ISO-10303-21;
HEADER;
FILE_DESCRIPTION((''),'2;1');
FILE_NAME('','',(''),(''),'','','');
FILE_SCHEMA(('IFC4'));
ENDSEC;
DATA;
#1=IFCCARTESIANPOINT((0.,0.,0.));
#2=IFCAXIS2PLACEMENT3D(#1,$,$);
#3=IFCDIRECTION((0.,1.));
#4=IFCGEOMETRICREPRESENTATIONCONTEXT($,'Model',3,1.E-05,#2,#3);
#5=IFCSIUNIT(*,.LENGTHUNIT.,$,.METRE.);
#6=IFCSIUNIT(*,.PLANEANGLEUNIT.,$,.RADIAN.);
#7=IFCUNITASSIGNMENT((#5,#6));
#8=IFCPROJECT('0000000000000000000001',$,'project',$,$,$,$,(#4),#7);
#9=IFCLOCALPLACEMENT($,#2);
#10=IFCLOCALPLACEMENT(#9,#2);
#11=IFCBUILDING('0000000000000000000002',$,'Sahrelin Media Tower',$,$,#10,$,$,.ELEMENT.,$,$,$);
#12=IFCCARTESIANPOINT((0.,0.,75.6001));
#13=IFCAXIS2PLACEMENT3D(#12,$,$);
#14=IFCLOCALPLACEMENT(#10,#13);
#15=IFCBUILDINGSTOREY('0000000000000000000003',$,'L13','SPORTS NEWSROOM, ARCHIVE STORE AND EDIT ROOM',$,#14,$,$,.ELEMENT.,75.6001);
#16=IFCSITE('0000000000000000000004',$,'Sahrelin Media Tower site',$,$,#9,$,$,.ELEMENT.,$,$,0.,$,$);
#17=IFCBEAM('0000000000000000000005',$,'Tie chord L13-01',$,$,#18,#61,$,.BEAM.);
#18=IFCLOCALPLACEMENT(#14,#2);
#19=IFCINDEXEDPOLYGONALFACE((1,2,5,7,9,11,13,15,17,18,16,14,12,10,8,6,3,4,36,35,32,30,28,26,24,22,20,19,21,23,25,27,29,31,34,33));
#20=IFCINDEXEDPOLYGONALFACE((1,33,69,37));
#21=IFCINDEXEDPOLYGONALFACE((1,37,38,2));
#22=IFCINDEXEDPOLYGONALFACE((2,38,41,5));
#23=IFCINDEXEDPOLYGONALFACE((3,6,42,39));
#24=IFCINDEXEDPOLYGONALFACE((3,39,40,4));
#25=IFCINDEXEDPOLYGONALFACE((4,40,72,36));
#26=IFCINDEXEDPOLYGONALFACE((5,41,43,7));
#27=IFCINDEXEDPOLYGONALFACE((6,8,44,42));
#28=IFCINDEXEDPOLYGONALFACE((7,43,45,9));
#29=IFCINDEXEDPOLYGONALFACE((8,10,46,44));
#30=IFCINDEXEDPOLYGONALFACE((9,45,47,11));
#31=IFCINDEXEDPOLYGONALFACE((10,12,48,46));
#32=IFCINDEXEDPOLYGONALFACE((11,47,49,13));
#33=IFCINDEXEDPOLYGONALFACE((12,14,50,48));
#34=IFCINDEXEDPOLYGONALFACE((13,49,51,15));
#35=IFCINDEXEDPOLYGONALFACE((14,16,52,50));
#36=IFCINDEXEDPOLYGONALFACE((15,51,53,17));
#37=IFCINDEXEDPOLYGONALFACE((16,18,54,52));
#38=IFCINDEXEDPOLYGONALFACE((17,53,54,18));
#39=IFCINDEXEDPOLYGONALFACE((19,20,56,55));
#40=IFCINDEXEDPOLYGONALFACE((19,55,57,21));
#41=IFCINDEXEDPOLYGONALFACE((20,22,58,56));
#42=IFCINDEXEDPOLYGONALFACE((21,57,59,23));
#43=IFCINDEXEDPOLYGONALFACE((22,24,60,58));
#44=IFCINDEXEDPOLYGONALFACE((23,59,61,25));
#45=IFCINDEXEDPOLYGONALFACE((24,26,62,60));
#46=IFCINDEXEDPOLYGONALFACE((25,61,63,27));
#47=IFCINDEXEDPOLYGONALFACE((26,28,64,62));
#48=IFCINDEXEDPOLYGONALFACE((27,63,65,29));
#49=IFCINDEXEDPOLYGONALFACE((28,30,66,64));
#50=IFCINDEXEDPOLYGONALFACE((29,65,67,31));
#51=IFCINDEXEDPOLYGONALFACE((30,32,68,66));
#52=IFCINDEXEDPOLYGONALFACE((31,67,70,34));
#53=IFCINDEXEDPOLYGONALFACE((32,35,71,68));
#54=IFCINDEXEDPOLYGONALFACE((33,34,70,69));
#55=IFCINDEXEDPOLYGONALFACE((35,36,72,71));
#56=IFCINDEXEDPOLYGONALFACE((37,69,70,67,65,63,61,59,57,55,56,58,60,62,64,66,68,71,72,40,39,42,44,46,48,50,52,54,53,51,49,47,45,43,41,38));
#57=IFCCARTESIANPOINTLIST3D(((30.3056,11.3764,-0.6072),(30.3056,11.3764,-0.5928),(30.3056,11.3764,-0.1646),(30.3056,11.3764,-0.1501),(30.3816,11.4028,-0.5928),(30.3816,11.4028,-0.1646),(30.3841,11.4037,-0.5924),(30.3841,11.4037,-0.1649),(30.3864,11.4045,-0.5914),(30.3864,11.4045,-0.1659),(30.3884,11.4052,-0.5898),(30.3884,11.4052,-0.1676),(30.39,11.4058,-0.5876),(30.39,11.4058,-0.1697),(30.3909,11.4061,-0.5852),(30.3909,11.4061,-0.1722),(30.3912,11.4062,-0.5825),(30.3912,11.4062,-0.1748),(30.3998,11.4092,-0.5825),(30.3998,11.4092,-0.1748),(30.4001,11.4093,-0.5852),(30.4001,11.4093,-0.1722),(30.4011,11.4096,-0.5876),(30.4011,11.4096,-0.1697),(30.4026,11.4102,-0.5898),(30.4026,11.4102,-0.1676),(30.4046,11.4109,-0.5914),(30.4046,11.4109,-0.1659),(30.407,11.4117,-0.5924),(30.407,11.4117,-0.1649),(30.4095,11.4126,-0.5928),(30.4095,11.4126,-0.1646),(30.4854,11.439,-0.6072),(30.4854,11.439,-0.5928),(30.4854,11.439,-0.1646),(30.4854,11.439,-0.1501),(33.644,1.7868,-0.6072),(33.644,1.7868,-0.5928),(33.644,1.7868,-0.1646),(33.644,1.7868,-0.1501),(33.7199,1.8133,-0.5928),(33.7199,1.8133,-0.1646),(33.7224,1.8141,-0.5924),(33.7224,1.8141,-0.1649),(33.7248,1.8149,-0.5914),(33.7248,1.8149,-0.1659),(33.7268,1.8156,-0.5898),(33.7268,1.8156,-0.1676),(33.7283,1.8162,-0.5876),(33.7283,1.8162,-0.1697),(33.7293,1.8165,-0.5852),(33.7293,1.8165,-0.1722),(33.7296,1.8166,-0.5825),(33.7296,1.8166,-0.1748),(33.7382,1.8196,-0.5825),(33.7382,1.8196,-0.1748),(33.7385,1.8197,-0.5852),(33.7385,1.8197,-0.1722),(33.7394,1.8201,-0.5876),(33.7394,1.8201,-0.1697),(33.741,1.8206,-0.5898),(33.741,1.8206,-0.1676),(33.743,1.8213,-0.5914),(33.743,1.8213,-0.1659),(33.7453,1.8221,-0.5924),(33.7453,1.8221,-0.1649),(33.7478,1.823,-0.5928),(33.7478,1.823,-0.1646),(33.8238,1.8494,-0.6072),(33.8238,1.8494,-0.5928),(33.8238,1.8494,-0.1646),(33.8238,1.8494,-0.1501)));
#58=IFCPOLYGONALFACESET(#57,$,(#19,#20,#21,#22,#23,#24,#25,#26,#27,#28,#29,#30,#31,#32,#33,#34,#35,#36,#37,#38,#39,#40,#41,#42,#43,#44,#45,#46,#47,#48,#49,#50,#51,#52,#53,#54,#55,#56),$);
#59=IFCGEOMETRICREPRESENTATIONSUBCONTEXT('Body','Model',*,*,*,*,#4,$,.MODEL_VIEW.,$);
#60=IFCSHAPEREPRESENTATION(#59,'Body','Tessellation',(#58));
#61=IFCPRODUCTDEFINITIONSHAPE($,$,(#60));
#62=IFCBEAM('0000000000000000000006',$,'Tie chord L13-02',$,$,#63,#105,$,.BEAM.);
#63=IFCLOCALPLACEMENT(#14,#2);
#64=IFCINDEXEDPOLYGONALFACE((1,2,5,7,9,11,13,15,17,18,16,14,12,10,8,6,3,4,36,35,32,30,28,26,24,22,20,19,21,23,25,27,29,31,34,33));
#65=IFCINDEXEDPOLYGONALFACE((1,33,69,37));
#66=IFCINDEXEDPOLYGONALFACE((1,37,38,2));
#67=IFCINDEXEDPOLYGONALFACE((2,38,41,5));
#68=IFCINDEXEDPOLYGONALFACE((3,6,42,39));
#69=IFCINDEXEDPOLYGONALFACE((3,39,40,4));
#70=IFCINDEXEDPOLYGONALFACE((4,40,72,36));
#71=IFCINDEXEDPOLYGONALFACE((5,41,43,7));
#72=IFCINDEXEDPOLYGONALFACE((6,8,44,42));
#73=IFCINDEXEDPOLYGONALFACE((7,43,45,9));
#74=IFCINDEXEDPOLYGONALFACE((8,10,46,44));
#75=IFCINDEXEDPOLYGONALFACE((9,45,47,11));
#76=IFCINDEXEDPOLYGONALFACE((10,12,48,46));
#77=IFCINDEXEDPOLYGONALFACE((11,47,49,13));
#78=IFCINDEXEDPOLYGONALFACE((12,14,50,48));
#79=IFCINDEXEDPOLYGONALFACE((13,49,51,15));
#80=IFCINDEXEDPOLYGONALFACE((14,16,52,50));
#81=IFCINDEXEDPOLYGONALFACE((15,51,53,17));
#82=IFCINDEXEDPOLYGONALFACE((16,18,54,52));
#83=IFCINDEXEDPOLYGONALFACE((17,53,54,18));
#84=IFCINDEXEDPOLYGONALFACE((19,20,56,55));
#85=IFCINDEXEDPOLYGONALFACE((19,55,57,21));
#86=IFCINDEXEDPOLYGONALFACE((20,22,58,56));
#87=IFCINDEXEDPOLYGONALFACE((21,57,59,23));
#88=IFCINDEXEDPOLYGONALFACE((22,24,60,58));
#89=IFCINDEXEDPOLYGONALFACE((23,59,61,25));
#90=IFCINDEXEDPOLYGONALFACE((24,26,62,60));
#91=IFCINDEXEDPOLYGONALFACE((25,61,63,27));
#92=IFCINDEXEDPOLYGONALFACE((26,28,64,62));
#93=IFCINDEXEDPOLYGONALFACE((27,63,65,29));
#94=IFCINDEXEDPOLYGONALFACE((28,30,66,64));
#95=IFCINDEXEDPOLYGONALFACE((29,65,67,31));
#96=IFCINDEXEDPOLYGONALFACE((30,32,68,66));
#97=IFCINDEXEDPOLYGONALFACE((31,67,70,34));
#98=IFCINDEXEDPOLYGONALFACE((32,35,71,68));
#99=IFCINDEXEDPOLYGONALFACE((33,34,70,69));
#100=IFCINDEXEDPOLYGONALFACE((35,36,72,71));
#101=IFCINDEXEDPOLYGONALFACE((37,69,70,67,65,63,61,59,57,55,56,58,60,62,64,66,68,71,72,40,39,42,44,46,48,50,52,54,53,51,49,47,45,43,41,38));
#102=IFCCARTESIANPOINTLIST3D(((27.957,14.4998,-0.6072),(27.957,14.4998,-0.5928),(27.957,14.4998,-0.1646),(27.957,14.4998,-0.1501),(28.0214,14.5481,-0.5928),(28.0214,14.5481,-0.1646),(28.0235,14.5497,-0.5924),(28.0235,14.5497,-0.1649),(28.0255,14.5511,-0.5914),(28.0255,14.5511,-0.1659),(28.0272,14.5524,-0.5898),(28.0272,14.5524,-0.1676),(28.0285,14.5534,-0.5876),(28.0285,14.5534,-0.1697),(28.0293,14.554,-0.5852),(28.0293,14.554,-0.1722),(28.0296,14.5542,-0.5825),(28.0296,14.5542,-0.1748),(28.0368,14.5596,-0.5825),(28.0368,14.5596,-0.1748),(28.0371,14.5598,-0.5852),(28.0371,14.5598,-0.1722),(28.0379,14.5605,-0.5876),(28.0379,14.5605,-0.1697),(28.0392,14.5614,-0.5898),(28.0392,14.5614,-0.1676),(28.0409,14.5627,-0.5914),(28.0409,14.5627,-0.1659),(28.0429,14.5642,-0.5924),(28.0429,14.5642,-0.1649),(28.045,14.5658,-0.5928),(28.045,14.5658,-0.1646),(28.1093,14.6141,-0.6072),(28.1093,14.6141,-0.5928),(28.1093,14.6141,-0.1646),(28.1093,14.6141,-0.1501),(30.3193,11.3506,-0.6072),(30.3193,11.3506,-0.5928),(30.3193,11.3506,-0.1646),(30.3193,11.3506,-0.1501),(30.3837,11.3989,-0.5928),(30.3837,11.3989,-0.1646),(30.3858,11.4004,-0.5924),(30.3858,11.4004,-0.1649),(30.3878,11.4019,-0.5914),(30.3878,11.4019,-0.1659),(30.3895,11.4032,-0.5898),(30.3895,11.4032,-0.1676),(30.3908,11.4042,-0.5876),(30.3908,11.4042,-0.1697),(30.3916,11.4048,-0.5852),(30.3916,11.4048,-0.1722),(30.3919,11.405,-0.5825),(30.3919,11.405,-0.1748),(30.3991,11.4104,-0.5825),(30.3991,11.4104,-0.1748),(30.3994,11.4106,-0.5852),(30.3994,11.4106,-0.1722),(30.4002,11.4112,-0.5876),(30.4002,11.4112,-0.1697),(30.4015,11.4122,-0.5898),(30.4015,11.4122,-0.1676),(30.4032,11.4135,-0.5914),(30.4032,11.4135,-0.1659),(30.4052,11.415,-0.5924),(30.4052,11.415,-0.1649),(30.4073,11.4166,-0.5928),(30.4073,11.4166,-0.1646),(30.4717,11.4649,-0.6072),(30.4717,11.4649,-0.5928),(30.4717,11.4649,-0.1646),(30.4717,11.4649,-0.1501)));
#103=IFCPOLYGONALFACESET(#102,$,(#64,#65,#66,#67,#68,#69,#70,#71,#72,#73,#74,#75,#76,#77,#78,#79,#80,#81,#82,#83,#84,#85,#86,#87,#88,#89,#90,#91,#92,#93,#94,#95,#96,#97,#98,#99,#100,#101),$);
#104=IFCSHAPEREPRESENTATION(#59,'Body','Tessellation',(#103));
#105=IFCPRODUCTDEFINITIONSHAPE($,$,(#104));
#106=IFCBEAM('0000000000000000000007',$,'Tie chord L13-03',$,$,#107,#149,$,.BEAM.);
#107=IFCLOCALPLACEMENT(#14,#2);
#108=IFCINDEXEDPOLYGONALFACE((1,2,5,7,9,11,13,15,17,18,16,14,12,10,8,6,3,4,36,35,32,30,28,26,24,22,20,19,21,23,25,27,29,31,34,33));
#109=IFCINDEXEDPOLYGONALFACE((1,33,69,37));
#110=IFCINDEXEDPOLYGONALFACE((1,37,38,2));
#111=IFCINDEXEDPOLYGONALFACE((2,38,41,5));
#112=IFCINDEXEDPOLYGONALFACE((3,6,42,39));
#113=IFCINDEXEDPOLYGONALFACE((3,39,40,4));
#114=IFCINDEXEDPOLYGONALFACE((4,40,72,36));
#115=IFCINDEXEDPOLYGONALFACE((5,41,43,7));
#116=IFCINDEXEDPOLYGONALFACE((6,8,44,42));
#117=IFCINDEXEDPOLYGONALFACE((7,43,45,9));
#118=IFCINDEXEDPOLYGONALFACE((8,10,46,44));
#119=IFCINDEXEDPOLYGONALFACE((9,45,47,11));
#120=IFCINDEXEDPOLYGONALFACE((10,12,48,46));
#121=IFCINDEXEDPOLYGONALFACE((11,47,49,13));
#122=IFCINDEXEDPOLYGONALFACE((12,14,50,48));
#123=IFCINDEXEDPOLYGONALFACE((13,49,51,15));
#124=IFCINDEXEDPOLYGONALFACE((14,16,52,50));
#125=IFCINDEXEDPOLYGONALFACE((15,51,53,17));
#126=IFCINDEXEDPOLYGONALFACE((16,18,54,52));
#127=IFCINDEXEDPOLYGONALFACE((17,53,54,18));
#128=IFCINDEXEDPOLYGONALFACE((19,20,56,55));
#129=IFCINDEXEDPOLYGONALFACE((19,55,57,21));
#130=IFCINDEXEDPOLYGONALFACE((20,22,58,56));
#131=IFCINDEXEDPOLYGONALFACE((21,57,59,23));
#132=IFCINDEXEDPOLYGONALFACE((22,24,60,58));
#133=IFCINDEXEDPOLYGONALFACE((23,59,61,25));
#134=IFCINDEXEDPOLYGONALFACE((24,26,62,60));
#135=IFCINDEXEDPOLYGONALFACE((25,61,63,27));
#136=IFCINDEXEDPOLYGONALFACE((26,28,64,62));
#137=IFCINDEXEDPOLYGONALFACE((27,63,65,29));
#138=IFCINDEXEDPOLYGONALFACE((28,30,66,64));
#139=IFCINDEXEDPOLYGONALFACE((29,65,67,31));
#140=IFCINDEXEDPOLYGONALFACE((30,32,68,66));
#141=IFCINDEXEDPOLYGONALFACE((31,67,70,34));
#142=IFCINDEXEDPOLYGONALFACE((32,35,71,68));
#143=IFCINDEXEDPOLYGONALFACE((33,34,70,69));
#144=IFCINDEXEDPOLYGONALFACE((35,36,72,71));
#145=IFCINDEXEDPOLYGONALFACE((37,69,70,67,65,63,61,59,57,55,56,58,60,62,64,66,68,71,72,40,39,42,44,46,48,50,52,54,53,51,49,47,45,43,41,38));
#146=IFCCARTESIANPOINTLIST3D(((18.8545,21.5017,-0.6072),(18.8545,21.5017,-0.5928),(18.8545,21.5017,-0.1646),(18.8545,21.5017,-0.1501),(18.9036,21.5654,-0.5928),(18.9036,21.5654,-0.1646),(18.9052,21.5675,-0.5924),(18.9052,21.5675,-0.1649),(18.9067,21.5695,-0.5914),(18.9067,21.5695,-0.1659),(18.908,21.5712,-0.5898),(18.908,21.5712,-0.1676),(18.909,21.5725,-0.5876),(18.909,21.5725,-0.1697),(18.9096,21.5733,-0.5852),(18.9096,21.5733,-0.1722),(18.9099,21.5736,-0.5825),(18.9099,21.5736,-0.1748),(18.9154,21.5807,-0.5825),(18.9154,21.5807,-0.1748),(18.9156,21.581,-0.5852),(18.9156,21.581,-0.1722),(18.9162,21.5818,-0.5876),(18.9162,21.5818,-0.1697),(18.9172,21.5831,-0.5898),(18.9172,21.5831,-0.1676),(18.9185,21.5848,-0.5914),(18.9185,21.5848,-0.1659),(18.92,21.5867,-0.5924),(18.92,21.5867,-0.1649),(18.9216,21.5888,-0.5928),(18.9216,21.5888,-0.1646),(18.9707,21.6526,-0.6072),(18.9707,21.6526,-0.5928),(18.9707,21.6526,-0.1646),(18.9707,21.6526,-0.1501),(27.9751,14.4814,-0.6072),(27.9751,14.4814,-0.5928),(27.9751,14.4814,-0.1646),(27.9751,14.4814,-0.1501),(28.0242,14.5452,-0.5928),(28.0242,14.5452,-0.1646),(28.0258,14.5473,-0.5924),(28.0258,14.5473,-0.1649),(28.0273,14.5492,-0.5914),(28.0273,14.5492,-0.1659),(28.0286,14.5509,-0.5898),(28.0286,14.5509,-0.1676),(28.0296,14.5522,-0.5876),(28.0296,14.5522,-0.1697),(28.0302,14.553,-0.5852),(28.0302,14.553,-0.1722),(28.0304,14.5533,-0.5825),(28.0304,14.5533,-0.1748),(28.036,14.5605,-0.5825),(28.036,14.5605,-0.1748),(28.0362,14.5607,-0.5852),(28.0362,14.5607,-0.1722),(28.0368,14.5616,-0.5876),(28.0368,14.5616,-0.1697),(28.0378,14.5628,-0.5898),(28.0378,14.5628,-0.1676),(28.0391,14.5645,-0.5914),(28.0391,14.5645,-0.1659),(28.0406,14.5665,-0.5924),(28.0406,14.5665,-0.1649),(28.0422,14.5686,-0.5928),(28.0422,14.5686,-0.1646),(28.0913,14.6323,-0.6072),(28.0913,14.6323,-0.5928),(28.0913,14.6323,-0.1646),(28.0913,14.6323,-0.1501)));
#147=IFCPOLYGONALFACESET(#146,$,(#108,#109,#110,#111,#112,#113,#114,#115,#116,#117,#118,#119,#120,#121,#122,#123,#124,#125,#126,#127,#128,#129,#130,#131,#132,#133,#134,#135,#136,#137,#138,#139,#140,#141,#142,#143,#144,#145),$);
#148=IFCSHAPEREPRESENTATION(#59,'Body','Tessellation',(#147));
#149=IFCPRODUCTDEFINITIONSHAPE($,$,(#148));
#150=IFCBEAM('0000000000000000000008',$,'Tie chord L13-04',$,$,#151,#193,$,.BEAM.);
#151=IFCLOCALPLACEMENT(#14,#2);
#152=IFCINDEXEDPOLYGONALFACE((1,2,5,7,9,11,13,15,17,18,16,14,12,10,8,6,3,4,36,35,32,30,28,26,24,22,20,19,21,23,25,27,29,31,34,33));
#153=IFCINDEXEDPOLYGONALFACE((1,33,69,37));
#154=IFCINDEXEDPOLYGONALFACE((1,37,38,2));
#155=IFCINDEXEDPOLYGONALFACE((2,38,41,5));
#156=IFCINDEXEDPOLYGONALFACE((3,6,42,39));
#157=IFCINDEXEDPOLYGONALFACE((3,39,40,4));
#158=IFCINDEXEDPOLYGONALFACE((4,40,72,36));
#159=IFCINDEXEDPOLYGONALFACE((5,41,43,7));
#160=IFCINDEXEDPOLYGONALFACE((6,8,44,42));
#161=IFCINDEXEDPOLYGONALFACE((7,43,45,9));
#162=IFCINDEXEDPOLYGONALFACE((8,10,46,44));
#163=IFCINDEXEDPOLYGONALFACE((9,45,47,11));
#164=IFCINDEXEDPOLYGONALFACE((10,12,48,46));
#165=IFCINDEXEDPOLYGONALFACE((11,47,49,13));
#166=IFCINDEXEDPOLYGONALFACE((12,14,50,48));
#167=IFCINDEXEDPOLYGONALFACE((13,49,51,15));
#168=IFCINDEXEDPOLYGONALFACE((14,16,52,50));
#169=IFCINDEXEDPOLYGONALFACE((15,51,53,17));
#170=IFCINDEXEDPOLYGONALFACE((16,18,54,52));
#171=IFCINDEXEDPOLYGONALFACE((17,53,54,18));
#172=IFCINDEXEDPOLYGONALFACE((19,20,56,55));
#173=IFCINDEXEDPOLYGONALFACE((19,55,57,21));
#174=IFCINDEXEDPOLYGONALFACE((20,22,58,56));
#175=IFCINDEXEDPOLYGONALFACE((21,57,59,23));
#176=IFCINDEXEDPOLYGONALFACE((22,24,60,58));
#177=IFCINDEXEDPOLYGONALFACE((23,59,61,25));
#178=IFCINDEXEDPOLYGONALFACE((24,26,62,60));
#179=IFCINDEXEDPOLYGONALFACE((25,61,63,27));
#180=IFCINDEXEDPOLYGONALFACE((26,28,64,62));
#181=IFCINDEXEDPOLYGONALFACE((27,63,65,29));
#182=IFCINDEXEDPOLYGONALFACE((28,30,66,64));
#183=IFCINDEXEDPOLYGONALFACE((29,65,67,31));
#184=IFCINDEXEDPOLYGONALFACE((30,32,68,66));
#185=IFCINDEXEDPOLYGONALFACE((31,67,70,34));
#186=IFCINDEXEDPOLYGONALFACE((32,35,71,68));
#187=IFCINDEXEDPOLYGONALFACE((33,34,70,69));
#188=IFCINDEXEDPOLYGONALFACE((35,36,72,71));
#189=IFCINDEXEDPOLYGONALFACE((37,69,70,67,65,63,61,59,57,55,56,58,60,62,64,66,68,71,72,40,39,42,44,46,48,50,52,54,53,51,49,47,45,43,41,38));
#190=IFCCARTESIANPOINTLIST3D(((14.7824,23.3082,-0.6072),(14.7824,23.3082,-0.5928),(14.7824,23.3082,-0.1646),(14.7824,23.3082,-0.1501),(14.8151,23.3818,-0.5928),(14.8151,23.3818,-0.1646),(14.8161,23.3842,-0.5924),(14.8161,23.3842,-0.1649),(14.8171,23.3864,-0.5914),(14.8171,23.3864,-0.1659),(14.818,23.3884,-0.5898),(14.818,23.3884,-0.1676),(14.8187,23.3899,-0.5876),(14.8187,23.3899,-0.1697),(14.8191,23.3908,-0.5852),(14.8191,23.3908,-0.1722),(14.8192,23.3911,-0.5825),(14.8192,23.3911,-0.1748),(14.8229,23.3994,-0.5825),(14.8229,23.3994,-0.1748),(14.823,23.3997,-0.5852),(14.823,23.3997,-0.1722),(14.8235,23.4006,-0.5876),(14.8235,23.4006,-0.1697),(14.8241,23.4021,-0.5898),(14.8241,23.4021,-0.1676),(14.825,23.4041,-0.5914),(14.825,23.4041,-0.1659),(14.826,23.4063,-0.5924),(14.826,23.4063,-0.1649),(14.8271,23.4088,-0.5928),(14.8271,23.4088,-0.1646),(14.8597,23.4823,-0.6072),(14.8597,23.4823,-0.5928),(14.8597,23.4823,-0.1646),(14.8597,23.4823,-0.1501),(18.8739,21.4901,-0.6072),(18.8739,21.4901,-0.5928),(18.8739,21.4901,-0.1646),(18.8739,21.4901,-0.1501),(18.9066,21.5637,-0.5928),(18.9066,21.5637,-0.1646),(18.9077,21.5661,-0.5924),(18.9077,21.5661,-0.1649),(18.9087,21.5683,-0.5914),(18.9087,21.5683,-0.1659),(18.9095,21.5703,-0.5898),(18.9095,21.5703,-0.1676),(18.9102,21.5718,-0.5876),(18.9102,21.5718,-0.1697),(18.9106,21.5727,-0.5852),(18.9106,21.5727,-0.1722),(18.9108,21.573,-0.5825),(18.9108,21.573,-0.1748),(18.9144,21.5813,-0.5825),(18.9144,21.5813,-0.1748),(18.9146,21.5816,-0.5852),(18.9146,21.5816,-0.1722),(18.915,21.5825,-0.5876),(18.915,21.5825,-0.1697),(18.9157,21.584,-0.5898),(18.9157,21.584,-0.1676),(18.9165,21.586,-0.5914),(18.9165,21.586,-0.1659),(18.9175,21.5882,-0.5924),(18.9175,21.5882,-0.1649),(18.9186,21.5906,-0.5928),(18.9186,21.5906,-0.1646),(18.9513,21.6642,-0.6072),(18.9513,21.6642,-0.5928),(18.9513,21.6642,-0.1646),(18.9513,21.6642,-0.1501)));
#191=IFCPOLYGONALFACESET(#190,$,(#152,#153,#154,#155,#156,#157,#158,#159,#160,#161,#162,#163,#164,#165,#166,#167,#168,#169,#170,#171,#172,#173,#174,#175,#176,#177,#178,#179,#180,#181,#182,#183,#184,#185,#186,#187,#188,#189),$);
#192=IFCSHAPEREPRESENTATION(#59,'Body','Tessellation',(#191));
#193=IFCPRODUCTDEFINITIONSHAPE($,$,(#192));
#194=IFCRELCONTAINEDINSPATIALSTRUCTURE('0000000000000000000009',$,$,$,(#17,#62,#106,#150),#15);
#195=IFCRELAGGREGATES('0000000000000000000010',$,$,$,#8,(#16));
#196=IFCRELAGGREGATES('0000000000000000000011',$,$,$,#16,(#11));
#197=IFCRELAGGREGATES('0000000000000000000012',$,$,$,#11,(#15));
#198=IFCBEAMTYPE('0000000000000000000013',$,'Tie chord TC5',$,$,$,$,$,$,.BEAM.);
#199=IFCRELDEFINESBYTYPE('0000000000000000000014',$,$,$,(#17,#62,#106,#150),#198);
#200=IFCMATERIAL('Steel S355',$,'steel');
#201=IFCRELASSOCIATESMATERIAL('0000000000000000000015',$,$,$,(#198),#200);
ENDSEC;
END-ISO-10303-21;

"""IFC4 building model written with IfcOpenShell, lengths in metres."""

from ifc_helpers import new_model, si_unit, direction, frame, origin, origin_2d, place, context, subcontext, project, spatial, i_section, extrude, material, material_profile, profile_set, type_object, element, save


model = new_model("IFC4")

# Units and contexts
model_context = context("Model", 3, precision=1e-05, world=origin(), true_north=direction((0.0, 1.0)))
body_context = subcontext(model_context, "Body", "Model", "MODEL_VIEW")
ifc_project = project(units=[si_unit("LENGTHUNIT", "METRE"), si_unit("PLANEANGLEUNIT", "RADIAN")], contexts=[model_context])

# Site, building, storey
site_placement = place(None, origin())
site = spatial("IfcSite", under=ifc_project, at=site_placement, Name="Sahrelin Media Tower site", CompositionType="ELEMENT", RefElevation=0.0)
building_placement = place(site_placement, origin())
building = spatial("IfcBuilding", under=site, at=building_placement, Name="Sahrelin Media Tower", CompositionType="ELEMENT")
storey_placement = place(building_placement, frame((0.0, 0.0, 75.6001)))
storey = spatial("IfcBuildingStorey", under=building, at=storey_placement, Name="L13", Description="SPORTS NEWSROOM, ARCHIVE STORE AND EDIT ROOM", CompositionType="ELEMENT", Elevation=75.6001)

# Beams
ifc_material_1 = material(Name="Steel S355", Category="steel")
ifc_material_profile_1 = material_profile(ifc_material_1, i_section(OverallWidth=0.1904, OverallDepth=0.457, WebThickness=0.009, FlangeThickness=0.0144, FilletRadius=0.0103, at=origin_2d()), Name="UB 457x191x74")
ifc_profile_set_1 = profile_set([ifc_material_profile_1], Name="Steel S355")
beam_type = type_object("IfcBeamType", Name="Tie chord TC5", PredefinedType="BEAM", material=ifc_profile_set_1)
beam_1_placement = place(storey_placement, frame((33.7339, 1.8181, -0.3787), z_axis=(-0.328772, 0.944409, 0.0), x_axis=(-0.944409, -0.328772, 0.0)))
element("IfcBeam", 1, at=beam_1_placement, inside=storey, type_object=beam_type, Name="Tie chord L13-01", PredefinedType="BEAM", context=body_context, shape_type="SweptSolid", body=[
    extrude(i_section(OverallWidth=0.1904, OverallDepth=0.457, WebThickness=0.009, FlangeThickness=0.0144, FilletRadius=0.0103, at=origin_2d()), origin(), (0.0, 0.0, 1.0), 10.1541),
])
beam_2_placement = place(storey_placement, frame((30.3955, 11.4077, -0.3787), z_axis=(-0.600069, 0.799948, 0.0), x_axis=(-0.799948, -0.600069, 0.0)))
element("IfcBeam", 2, at=beam_2_placement, inside=storey, type_object=beam_type, Name="Tie chord L13-02", PredefinedType="BEAM", context=body_context, shape_type="SweptSolid", body=[
    extrude(i_section(OverallWidth=0.1904, OverallDepth=0.457, WebThickness=0.009, FlangeThickness=0.0144, FilletRadius=0.0103, at=origin_2d()), origin(), (0.0, 0.0, 1.0), 3.9368),
])
beam_3_placement = place(storey_placement, frame((28.0332, 14.5569, -0.3787), z_axis=(-0.792439, 0.609952, 0.0), x_axis=(-0.609952, -0.792439, 0.0)))
element("IfcBeam", 3, at=beam_3_placement, inside=storey, type_object=beam_type, Name="Tie chord L13-03", PredefinedType="BEAM", context=body_context, shape_type="SweptSolid", body=[
    extrude(i_section(OverallWidth=0.1904, OverallDepth=0.457, WebThickness=0.009, FlangeThickness=0.0144, FilletRadius=0.0103, at=origin_2d()), origin(), (0.0, 0.0, 1.0), 11.5095),
])
beam_4_placement = place(storey_placement, frame((18.9126, 21.5771, -0.3787), z_axis=(-0.913841, 0.406073, 0.0), x_axis=(-0.406073, -0.913841, 0.0)))
element("IfcBeam", 4, at=beam_4_placement, inside=storey, type_object=beam_type, Name="Tie chord L13-04", PredefinedType="BEAM", context=body_context, shape_type="SweptSolid", body=[
    extrude(i_section(OverallWidth=0.1904, OverallDepth=0.457, WebThickness=0.009, FlangeThickness=0.0144, FilletRadius=0.0103, at=origin_2d()), origin(), (0.0, 0.0, 1.0), 4.4773),
])

save(model, "model.ifc")
